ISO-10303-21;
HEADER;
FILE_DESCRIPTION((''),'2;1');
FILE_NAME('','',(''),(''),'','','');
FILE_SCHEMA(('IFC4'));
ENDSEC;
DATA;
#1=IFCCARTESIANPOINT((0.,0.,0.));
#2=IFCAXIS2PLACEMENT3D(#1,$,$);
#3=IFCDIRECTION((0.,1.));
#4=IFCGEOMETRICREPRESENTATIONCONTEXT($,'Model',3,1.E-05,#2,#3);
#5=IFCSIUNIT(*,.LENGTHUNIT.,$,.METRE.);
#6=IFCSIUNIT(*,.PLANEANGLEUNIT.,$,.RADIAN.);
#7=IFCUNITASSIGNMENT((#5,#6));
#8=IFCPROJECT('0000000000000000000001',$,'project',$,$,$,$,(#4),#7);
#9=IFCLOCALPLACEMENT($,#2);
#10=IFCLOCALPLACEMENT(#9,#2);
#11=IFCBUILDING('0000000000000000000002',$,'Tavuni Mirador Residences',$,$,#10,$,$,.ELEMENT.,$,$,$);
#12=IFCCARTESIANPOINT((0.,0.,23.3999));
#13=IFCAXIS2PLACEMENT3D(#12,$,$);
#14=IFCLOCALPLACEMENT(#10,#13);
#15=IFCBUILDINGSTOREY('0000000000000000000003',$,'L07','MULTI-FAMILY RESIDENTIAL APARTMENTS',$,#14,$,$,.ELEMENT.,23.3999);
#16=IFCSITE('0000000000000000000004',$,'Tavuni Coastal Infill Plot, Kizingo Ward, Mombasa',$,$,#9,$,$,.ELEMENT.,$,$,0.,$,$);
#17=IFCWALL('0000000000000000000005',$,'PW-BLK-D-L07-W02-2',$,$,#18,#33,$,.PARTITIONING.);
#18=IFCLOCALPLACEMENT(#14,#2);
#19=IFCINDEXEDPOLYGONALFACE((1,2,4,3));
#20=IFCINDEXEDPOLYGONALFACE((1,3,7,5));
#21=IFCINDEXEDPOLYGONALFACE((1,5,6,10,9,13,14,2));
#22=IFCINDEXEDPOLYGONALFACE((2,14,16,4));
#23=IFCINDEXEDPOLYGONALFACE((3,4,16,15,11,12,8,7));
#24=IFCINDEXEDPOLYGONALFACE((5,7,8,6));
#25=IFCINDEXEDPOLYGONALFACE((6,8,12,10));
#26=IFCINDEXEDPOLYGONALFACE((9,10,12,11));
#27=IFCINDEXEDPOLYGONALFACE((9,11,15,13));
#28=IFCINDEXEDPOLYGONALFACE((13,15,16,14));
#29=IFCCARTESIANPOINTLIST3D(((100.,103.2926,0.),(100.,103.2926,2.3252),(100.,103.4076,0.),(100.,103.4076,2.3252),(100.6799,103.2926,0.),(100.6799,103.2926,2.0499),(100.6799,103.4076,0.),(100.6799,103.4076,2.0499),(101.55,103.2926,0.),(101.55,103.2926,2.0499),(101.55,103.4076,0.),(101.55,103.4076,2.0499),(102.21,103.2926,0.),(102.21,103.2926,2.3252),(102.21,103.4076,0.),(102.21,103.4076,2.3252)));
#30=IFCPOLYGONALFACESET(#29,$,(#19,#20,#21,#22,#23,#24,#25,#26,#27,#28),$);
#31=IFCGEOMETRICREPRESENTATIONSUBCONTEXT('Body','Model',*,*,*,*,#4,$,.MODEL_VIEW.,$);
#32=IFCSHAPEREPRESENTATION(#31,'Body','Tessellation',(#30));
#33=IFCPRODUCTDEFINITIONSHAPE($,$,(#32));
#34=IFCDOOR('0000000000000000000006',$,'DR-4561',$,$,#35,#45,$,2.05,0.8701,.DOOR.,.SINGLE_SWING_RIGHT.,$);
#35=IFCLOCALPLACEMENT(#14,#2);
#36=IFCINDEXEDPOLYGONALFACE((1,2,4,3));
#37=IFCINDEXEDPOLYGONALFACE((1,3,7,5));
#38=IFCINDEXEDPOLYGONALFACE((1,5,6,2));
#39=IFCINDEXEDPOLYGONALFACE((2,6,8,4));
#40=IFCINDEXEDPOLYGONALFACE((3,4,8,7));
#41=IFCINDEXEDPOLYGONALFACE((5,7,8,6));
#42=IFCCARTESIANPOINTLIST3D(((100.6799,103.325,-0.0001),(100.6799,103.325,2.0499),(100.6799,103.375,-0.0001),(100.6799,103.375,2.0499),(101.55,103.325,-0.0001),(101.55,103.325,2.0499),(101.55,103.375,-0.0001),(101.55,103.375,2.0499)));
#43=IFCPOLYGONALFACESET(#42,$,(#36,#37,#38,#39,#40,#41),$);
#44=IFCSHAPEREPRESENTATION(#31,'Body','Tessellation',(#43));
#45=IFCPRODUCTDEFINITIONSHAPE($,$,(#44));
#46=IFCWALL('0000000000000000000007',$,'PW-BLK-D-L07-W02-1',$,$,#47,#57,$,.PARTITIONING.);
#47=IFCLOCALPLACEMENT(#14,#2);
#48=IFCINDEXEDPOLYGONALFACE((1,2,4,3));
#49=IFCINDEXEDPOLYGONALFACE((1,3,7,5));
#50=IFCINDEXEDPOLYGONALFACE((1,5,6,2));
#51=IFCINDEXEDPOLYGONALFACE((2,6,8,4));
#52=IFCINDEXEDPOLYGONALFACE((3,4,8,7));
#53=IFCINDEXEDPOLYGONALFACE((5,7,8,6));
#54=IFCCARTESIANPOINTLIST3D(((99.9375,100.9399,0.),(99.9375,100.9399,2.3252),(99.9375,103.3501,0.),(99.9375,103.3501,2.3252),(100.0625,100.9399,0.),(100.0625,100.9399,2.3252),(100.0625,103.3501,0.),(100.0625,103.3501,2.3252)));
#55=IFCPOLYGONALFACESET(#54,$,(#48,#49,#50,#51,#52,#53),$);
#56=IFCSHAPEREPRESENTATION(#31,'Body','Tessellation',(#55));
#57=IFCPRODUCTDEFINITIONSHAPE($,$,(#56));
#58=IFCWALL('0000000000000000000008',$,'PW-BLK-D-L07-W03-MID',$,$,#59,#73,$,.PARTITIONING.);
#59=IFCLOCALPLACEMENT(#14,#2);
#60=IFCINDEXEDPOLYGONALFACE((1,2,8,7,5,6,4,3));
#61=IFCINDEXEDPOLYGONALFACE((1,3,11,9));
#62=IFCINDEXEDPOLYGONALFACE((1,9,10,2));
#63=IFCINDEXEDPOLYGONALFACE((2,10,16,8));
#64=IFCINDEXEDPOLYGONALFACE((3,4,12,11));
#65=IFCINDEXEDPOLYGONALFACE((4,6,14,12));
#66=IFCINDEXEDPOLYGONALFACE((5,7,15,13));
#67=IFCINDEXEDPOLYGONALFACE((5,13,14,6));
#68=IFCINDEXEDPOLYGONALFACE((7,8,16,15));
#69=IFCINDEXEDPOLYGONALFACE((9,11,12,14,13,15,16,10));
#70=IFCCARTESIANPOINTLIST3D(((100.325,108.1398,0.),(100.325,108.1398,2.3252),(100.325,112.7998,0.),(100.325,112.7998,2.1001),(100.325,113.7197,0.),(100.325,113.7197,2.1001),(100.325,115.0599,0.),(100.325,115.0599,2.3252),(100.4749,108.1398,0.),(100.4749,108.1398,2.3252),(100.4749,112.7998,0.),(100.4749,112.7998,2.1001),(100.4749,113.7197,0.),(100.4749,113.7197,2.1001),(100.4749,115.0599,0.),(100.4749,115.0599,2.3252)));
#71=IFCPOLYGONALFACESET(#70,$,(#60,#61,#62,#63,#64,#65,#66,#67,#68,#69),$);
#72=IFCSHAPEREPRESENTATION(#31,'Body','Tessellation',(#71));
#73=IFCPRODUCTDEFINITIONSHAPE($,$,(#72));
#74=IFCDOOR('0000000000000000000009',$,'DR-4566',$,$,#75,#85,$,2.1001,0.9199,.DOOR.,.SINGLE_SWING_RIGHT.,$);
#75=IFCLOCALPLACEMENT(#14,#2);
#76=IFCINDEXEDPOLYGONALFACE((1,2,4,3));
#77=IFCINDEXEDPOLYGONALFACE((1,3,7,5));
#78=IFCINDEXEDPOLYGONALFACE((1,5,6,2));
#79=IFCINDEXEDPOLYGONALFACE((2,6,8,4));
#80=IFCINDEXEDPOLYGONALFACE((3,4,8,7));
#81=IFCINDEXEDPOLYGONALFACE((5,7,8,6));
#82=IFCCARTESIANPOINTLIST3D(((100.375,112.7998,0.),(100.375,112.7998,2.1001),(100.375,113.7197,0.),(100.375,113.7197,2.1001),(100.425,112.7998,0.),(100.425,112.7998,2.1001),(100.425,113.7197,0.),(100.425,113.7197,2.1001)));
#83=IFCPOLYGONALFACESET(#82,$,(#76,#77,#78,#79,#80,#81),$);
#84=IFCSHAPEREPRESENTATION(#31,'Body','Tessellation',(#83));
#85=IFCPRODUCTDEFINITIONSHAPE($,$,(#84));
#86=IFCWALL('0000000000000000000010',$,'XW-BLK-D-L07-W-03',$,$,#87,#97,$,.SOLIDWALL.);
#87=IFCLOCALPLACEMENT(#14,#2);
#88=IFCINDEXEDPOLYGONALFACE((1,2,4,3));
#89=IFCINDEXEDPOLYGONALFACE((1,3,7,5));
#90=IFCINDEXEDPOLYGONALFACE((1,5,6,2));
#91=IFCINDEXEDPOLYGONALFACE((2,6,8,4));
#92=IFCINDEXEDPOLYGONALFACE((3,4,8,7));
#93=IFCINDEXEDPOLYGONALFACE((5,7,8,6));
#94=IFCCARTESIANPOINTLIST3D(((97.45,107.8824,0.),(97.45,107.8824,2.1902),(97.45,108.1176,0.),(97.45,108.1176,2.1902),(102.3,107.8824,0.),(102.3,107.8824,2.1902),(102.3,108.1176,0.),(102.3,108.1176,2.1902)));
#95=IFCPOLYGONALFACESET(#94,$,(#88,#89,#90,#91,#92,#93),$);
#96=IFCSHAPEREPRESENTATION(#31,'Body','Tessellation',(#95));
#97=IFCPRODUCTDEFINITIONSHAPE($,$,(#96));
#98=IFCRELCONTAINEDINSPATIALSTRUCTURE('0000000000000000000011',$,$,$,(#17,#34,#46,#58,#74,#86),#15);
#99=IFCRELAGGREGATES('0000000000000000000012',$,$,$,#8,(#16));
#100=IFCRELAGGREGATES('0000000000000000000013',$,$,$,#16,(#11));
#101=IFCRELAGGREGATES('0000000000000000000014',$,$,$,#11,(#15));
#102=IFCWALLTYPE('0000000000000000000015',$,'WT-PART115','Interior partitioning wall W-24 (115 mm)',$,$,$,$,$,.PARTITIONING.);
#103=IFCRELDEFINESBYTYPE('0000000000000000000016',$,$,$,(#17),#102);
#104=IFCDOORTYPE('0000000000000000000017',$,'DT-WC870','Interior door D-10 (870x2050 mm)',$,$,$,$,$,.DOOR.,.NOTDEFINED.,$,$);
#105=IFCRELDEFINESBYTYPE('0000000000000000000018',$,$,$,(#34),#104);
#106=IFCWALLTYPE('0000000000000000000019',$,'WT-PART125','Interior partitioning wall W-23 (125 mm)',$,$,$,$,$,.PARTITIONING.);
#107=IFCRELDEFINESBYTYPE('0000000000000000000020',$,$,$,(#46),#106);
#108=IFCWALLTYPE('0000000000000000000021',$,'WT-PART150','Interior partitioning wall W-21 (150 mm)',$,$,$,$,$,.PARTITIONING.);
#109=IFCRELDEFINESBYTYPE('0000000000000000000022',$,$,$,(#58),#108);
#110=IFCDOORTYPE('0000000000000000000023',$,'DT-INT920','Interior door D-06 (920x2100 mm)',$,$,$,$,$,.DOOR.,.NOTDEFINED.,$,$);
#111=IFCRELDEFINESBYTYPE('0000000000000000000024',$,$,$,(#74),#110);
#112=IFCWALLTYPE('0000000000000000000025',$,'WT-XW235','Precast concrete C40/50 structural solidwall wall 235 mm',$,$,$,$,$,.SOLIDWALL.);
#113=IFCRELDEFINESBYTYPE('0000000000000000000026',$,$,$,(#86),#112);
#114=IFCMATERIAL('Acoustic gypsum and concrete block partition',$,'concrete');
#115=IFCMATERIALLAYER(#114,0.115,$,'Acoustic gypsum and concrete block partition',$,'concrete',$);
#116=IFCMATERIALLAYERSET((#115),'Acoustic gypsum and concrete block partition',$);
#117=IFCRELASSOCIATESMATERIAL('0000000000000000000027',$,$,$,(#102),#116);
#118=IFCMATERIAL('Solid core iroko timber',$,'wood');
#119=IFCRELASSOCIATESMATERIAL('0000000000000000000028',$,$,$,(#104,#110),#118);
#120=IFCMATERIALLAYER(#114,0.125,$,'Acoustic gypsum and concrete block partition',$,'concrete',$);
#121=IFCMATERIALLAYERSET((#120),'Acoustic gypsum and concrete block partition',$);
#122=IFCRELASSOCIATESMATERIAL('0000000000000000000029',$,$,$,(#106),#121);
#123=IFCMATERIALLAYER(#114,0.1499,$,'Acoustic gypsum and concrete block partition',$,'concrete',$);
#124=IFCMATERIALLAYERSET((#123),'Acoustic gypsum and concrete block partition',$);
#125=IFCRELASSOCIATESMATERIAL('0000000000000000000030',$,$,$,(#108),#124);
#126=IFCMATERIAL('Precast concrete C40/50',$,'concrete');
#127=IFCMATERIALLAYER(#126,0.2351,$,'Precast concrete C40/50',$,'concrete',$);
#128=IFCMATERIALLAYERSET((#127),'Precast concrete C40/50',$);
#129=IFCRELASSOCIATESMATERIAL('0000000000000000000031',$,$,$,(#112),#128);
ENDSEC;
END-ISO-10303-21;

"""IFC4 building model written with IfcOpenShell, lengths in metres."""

from ifc_helpers import new_model, si_unit, direction, frame, frame_2d, origin, place, context, subcontext, project, spatial, rectangle, extrude, material, layer, layer_set, type_object, element, fill, save


model = new_model("IFC4")

# Units and contexts
model_context = context("Model", 3, precision=1e-05, world=origin(), true_north=direction((0.0, 1.0)))
body_context = subcontext(model_context, "Body", "Model", "MODEL_VIEW")
ifc_project = project(units=[si_unit("LENGTHUNIT", "METRE"), si_unit("PLANEANGLEUNIT", "RADIAN")], contexts=[model_context])

# Site, building, storey
site_placement = place(None, origin())
site = spatial("IfcSite", under=ifc_project, at=site_placement, Name="Tavuni Coastal Infill Plot, Kizingo Ward, Mombasa", CompositionType="ELEMENT", RefElevation=0.0)
building_placement = place(site_placement, origin())
building = spatial("IfcBuilding", under=site, at=building_placement, Name="Tavuni Mirador Residences", CompositionType="ELEMENT")
storey_placement = place(building_placement, frame((0.0, 0.0, 23.3999)))
storey = spatial("IfcBuildingStorey", under=building, at=storey_placement, Name="L07", Description="MULTI-FAMILY RESIDENTIAL APARTMENTS", CompositionType="ELEMENT", Elevation=23.3999)

# Shared definitions
ifc_material_1 = material(Name="Precast concrete C40/50", Category="concrete")

# Shared definitions
ifc_material_2 = material(Name="Solid core iroko timber", Category="wood")

# Wall, opening, door
ifc_material_3 = material(Name="Acoustic gypsum and concrete block partition", Category="concrete")
ifc_layer_1 = layer(ifc_material_3, 0.115, Name="Acoustic gypsum and concrete block partition", Category="concrete")
ifc_layer_set_1 = layer_set([ifc_layer_1], Name="Acoustic gypsum and concrete block partition")
wall_type_1 = type_object("IfcWallType", Name="WT-PART115", Description="Interior partitioning wall W-24 (115 mm)", PredefinedType="PARTITIONING", material=ifc_layer_set_1)
wall_1_placement = place(storey_placement, frame((100.0, 103.3501, 0.0), z_axis=(0.0, 0.0, 1.0), x_axis=(1.0, 0.0, 0.0)))
wall_1 = element("IfcWall", 1, at=wall_1_placement, inside=storey, type_object=wall_type_1, Name="PW-BLK-D-L07-W02-2", PredefinedType="PARTITIONING", context=body_context, shape_type="SweptSolid", body=[
    extrude(rectangle(XDim=2.21, YDim=0.115, at=frame_2d((1.105, 0.0))), origin(), (0.0, 0.0, 1.0), 2.3252),
])
opening_1_placement = place(wall_1_placement, frame((0.6799, 0.0, 0.0)))
opening_1 = element("IfcOpeningElement", 2, at=opening_1_placement, cuts=wall_1, PredefinedType="OPENING", context=body_context, shape_type="SweptSolid", body=[
    extrude(rectangle(XDim=0.8701, YDim=2.05, at=frame_2d((0.4351, 1.0249))), frame((0.0, 0.0674, 0.0), z_axis=(0.0, -1.0, 0.0), x_axis=(1.0, 0.0, 0.0)), (0.0, 0.0, 1.0), 0.135),
])
door_type_1 = type_object("IfcDoorType", Name="DT-WC870", Description="Interior door D-10 (870x2050 mm)", OperationType="NOTDEFINED", PredefinedType="DOOR", material=ifc_material_2)
door_1_placement = place(opening_1_placement, origin())
door_1 = element("IfcDoor", 3, at=door_1_placement, inside=storey, type_object=door_type_1, Name="DR-4561", OperationType="SINGLE_SWING_RIGHT", OverallHeight=2.05, OverallWidth=0.8701, PredefinedType="DOOR", context=body_context, shape_type="SweptSolid", body=[
    extrude(rectangle(XDim=0.8701, YDim=2.05, at=frame_2d((0.4351, 1.0249))), frame((0.0, 0.0249, 0.0), z_axis=(0.0, -1.0, 0.0), x_axis=(1.0, 0.0, 0.0)), (0.0, 0.0, 1.0), 0.05),
])
fill(opening_1, door_1)

# Wall
ifc_layer_2 = layer(ifc_material_3, 0.125, Name="Acoustic gypsum and concrete block partition", Category="concrete")
ifc_layer_set_2 = layer_set([ifc_layer_2], Name="Acoustic gypsum and concrete block partition")
wall_type_2 = type_object("IfcWallType", Name="WT-PART125", Description="Interior partitioning wall W-23 (125 mm)", PredefinedType="PARTITIONING", material=ifc_layer_set_2)
wall_2_placement = place(storey_placement, frame((100.0, 100.9399, 0.0), z_axis=(0.0, 0.0, 1.0), x_axis=(0.0, 1.0, 0.0)))
element("IfcWall", 4, at=wall_2_placement, inside=storey, type_object=wall_type_2, Name="PW-BLK-D-L07-W02-1", PredefinedType="PARTITIONING", context=body_context, shape_type="SweptSolid", body=[
    extrude(rectangle(XDim=2.4102, YDim=0.125, at=frame_2d((1.2051, 0.0))), origin(), (0.0, 0.0, 1.0), 2.3252),
])

# Wall, opening, door
ifc_layer_3 = layer(ifc_material_3, 0.1499, Name="Acoustic gypsum and concrete block partition", Category="concrete")
ifc_layer_set_3 = layer_set([ifc_layer_3], Name="Acoustic gypsum and concrete block partition")
wall_type_3 = type_object("IfcWallType", Name="WT-PART150", Description="Interior partitioning wall W-21 (150 mm)", PredefinedType="PARTITIONING", material=ifc_layer_set_3)
wall_3_placement = place(storey_placement, frame((100.3999, 108.1399, 0.0), z_axis=(0.0, 0.0, 1.0), x_axis=(0.0, 1.0, 0.0)))
wall_3 = element("IfcWall", 5, at=wall_3_placement, inside=storey, type_object=wall_type_3, Name="PW-BLK-D-L07-W03-MID", PredefinedType="PARTITIONING", context=body_context, shape_type="SweptSolid", body=[
    extrude(rectangle(XDim=6.9202, YDim=0.1499, at=frame_2d((3.46, 0.0))), origin(), (0.0, 0.0, 1.0), 2.3252),
])
opening_2_placement = place(wall_3_placement, frame((4.6599, 0.0, 0.0)))
opening_2 = element("IfcOpeningElement", 6, at=opening_2_placement, cuts=wall_3, PredefinedType="OPENING", context=body_context, shape_type="SweptSolid", body=[
    extrude(rectangle(XDim=0.9199, YDim=2.1001, at=frame_2d((0.46, 1.05))), frame((0.0, 0.085, 0.0), z_axis=(0.0, -1.0, 0.0), x_axis=(1.0, 0.0, 0.0)), (0.0, 0.0, 1.0), 0.1699),
])
door_type_2 = type_object("IfcDoorType", Name="DT-INT920", Description="Interior door D-06 (920x2100 mm)", OperationType="NOTDEFINED", PredefinedType="DOOR", material=ifc_material_2)
door_2_placement = place(opening_2_placement, origin())
door_2 = element("IfcDoor", 7, at=door_2_placement, inside=storey, type_object=door_type_2, Name="DR-4566", OperationType="SINGLE_SWING_RIGHT", OverallHeight=2.1001, OverallWidth=0.9199, PredefinedType="DOOR", context=body_context, shape_type="SweptSolid", body=[
    extrude(rectangle(XDim=0.9199, YDim=2.1001, at=frame_2d((0.46, 1.05))), frame((0.0, 0.0249, 0.0), z_axis=(0.0, -1.0, 0.0), x_axis=(1.0, 0.0, 0.0)), (0.0, 0.0, 1.0), 0.05),
])
fill(opening_2, door_2)

# Wall
ifc_layer_4 = layer(ifc_material_1, 0.2351, Name="Precast concrete C40/50", Category="concrete")
ifc_layer_set_4 = layer_set([ifc_layer_4], Name="Precast concrete C40/50")
wall_type_4 = type_object("IfcWallType", Name="WT-XW235", Description="Precast concrete C40/50 structural solidwall wall 235 mm", PredefinedType="SOLIDWALL", material=ifc_layer_set_4)
wall_4_placement = place(storey_placement, frame((97.45, 108.0, 0.0), z_axis=(0.0, 0.0, 1.0), x_axis=(1.0, 0.0, 0.0)))
element("IfcWall", 8, at=wall_4_placement, inside=storey, type_object=wall_type_4, Name="XW-BLK-D-L07-W-03", PredefinedType="SOLIDWALL", context=body_context, shape_type="SweptSolid", body=[
    extrude(rectangle(XDim=4.8501, YDim=0.2351, at=frame_2d((2.425, 0.0))), origin(), (0.0, 0.0, 1.0), 2.1902),
])

save(model, "model.ifc")
